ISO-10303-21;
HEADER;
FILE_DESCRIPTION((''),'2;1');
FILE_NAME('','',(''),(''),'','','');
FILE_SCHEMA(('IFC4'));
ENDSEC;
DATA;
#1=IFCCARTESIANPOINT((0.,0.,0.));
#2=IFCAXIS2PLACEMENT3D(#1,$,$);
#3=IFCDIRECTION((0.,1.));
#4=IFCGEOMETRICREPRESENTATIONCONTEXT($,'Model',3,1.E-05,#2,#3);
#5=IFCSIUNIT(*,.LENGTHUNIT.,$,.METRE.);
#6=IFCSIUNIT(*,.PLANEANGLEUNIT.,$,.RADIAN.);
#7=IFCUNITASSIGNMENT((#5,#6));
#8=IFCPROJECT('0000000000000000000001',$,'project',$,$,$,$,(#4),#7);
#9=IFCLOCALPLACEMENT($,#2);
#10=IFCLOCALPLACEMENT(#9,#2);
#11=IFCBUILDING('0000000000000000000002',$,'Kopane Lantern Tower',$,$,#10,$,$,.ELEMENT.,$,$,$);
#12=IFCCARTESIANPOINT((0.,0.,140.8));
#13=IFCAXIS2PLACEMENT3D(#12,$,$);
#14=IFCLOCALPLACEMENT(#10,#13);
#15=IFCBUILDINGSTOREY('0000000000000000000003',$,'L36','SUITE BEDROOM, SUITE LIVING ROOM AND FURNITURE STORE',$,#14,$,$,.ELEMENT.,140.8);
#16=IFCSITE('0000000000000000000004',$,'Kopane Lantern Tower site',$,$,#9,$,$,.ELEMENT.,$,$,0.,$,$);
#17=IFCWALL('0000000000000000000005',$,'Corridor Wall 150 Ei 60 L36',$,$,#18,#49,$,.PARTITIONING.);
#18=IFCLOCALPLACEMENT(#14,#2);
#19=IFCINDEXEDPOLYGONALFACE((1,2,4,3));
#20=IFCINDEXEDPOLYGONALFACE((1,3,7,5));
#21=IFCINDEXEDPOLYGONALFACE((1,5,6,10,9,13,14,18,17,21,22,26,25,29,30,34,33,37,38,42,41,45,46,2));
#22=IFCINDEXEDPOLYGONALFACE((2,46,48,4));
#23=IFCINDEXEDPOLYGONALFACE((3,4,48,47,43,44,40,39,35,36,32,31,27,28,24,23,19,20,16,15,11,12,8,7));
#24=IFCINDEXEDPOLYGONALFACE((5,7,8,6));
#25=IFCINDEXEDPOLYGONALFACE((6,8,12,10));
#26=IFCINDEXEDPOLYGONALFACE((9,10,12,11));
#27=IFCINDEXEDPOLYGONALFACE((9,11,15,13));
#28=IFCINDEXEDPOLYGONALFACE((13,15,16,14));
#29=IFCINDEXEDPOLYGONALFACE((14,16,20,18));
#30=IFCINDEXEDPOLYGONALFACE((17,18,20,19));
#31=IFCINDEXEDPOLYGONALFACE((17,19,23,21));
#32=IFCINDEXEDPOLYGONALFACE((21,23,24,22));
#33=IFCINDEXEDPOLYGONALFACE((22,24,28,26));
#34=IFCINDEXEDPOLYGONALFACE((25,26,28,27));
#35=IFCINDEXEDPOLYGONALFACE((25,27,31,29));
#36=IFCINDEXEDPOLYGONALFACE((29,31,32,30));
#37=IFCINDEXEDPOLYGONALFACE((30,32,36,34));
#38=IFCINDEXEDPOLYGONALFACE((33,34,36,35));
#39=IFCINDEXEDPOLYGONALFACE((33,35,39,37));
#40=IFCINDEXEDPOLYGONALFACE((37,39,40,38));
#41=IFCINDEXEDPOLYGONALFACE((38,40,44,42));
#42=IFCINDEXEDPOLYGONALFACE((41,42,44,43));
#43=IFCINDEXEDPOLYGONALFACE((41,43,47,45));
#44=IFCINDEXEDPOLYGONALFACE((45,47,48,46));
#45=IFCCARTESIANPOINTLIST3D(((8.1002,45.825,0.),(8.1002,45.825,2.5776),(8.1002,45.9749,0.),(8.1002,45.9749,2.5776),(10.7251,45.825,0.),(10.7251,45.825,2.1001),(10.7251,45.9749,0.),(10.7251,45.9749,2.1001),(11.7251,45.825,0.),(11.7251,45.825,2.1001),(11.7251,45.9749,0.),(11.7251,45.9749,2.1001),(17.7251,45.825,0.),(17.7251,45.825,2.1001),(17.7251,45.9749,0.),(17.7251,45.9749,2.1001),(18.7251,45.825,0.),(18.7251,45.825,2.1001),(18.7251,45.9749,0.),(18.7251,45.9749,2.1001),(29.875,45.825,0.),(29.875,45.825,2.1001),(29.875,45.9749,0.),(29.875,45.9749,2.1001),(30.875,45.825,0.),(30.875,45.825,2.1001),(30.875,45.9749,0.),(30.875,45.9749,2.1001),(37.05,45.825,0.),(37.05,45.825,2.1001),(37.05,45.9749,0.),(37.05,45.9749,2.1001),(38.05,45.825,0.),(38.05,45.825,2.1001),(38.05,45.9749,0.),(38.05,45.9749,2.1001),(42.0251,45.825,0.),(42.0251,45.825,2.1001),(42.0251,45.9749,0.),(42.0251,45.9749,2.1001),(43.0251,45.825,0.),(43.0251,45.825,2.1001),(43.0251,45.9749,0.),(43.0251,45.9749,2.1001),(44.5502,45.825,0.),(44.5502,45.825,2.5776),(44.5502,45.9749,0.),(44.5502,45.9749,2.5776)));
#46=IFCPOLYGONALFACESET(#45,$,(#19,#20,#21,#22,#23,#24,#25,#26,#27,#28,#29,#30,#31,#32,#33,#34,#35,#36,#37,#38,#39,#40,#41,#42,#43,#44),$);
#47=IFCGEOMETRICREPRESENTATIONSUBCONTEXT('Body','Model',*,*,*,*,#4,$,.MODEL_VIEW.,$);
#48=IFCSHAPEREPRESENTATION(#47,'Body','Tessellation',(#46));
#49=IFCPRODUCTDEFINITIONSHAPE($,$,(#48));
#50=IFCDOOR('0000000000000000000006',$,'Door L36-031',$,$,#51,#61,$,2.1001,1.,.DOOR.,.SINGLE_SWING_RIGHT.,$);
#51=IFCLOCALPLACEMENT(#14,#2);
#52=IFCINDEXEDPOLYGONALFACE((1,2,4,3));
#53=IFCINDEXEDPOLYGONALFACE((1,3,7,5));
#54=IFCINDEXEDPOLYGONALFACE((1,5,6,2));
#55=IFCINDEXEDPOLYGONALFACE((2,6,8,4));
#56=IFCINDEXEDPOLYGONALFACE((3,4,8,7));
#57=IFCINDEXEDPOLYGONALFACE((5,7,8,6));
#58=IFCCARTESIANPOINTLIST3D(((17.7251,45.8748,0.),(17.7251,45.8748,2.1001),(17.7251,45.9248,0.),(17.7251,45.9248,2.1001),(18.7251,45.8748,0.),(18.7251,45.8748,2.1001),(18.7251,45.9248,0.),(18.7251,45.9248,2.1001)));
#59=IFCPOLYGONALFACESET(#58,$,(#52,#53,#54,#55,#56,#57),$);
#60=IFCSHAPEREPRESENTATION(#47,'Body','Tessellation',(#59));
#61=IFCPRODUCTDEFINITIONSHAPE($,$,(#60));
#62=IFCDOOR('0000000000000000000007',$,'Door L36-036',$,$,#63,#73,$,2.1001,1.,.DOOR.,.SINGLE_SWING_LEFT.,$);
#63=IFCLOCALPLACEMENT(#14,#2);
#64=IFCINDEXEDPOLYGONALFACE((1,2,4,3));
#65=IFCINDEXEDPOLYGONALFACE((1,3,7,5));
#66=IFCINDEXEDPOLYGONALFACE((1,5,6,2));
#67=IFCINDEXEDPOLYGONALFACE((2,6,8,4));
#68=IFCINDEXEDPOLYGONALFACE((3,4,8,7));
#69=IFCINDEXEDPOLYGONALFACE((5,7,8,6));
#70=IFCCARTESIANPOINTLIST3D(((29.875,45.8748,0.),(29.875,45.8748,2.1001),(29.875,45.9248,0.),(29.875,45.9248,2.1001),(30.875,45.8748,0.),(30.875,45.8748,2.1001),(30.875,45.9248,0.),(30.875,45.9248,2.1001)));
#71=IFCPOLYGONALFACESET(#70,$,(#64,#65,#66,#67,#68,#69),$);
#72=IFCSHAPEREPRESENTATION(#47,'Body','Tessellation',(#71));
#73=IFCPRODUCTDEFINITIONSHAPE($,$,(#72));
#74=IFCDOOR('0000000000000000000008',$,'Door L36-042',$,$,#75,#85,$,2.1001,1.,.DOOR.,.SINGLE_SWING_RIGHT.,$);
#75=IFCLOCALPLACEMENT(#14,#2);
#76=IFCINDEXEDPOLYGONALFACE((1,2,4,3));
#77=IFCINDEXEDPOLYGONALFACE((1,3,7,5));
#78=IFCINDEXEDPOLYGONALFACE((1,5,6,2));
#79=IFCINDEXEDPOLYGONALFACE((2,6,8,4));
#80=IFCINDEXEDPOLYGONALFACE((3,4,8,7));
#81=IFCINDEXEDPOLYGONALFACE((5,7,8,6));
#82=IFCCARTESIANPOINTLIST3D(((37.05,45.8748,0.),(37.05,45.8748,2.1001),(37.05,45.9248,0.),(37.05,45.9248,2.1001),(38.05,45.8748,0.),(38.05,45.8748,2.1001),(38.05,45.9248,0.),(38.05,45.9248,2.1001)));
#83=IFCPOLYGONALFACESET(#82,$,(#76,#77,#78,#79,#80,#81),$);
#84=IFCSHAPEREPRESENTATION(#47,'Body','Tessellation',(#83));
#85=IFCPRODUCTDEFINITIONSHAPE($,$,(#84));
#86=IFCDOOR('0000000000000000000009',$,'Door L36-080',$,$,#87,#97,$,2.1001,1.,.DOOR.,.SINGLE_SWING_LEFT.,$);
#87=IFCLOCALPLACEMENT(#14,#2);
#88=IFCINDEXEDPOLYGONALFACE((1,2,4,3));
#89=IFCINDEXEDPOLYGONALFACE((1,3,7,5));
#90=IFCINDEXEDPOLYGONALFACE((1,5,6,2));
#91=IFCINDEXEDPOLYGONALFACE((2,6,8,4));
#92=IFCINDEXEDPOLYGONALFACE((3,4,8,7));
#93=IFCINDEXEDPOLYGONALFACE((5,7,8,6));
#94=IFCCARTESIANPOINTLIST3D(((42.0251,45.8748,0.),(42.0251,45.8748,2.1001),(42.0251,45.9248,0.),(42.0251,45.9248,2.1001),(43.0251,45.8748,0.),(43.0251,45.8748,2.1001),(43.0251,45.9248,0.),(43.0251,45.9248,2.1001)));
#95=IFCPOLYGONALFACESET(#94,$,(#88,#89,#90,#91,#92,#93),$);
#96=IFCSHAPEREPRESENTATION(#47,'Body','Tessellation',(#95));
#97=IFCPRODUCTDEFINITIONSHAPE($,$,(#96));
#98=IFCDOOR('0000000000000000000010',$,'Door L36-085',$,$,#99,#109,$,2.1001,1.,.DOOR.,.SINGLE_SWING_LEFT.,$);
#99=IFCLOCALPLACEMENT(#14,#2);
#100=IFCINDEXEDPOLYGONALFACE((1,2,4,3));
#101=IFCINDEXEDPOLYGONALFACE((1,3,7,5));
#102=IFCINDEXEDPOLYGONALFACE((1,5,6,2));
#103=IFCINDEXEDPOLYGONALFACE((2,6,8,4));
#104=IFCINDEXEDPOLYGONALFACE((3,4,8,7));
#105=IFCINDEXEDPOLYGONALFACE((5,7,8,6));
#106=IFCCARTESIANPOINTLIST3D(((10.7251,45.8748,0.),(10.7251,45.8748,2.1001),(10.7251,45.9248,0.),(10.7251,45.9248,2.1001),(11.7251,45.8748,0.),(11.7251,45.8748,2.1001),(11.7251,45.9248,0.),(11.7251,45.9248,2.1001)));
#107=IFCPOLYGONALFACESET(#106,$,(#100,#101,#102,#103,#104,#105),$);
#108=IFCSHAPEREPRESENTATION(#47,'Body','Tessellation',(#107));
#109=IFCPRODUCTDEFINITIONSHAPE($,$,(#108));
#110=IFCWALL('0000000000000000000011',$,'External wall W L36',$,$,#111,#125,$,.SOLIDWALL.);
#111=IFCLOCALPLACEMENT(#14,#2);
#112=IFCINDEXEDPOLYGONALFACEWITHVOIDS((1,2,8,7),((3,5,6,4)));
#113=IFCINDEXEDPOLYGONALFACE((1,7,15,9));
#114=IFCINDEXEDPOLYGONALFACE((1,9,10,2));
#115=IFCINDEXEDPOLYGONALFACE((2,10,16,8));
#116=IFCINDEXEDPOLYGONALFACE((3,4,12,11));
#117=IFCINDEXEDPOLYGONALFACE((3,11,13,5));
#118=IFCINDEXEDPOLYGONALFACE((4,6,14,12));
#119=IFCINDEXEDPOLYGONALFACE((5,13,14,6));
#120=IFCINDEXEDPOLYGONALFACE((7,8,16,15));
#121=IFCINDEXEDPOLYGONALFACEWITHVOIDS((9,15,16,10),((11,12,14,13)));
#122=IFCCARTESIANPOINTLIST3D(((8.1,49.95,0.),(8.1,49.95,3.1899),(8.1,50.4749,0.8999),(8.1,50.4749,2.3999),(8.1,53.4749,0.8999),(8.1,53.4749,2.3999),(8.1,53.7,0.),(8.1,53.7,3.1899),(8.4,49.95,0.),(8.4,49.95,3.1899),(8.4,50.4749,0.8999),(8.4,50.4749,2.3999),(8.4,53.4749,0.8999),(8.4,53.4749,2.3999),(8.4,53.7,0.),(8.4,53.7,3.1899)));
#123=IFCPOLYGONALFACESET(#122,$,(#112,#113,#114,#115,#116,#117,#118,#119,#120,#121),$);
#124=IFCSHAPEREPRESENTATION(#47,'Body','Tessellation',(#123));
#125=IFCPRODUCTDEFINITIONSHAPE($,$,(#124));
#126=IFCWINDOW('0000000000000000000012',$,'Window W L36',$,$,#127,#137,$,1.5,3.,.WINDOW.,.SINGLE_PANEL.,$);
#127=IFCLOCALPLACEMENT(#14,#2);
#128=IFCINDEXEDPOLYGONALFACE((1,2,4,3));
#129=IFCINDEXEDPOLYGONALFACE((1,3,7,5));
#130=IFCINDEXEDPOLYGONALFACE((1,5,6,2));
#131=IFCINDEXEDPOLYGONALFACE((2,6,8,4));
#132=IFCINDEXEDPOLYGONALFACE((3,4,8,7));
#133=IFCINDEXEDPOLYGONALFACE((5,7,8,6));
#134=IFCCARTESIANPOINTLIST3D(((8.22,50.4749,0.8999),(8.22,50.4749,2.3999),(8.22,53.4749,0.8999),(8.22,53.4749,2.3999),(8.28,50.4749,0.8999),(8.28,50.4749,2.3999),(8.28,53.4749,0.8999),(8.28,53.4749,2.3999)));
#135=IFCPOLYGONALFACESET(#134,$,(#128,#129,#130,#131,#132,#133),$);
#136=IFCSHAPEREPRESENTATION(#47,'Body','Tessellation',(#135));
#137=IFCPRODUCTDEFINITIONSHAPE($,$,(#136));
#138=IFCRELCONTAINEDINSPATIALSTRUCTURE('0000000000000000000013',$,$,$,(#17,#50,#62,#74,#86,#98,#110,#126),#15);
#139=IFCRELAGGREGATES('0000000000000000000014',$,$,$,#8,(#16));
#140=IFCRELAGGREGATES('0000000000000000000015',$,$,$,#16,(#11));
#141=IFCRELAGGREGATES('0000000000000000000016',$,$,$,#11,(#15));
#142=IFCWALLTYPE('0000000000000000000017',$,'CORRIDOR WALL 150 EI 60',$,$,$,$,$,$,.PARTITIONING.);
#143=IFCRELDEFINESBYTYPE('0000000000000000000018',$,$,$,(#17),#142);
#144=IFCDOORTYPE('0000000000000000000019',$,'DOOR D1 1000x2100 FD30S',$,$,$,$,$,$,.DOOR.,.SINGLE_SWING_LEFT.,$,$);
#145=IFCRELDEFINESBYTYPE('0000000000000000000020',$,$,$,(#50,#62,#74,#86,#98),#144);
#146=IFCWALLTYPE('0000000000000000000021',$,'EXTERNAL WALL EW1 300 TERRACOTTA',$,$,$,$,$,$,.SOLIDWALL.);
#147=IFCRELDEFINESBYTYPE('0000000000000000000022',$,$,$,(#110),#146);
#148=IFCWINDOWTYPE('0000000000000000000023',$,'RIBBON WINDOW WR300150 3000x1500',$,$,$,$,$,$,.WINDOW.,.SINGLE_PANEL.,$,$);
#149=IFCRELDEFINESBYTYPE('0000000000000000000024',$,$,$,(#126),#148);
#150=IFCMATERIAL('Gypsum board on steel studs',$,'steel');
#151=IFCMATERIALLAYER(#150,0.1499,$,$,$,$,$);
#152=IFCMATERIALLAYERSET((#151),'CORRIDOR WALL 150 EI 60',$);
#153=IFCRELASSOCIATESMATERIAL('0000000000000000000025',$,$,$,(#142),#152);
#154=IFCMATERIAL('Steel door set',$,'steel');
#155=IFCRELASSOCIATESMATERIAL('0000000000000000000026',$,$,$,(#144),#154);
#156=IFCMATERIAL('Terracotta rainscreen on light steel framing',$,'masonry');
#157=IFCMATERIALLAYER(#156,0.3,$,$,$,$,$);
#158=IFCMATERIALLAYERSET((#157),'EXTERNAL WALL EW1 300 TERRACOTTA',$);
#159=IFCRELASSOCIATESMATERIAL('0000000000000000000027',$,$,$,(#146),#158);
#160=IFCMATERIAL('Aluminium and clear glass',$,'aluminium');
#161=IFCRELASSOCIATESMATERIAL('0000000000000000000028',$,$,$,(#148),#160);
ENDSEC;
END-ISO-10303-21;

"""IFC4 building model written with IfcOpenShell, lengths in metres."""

from ifc_helpers import new_model, si_unit, direction, frame, frame_2d, origin, place, context, subcontext, project, spatial, rectangle, extrude, material, layer, layer_set, type_object, element, fill, save


model = new_model("IFC4")

# Units and contexts
model_context = context("Model", 3, precision=1e-05, world=origin(), true_north=direction((0.0, 1.0)))
body_context = subcontext(model_context, "Body", "Model", "MODEL_VIEW")
ifc_project = project(units=[si_unit("LENGTHUNIT", "METRE"), si_unit("PLANEANGLEUNIT", "RADIAN")], contexts=[model_context])

# Site, building, storey
site_placement = place(None, origin())
site = spatial("IfcSite", under=ifc_project, at=site_placement, Name="Kopane Lantern Tower site", CompositionType="ELEMENT", RefElevation=0.0)
building_placement = place(site_placement, origin())
building = spatial("IfcBuilding", under=site, at=building_placement, Name="Kopane Lantern Tower", CompositionType="ELEMENT")
storey_placement = place(building_placement, frame((0.0, 0.0, 140.8)))
storey = spatial("IfcBuildingStorey", under=building, at=storey_placement, Name="L36", Description="SUITE BEDROOM, SUITE LIVING ROOM AND FURNITURE STORE", CompositionType="ELEMENT", Elevation=140.8)

# Wall, openings, doors
ifc_material_1 = material(Name="Gypsum board on steel studs", Category="steel")
ifc_layer_1 = layer(ifc_material_1, 0.1499)
ifc_layer_set_1 = layer_set([ifc_layer_1], Name="CORRIDOR WALL 150 EI 60")
wall_type_1 = type_object("IfcWallType", Name="CORRIDOR WALL 150 EI 60", PredefinedType="PARTITIONING", material=ifc_layer_set_1)
wall_1_placement = place(storey_placement, frame((8.1001, 45.8999, 0.0), z_axis=(0.0, 0.0, 1.0), x_axis=(1.0, 0.0, 0.0)))
wall_1 = element("IfcWall", 1, at=wall_1_placement, inside=storey, type_object=wall_type_1, Name="Corridor Wall 150 Ei 60 L36", PredefinedType="PARTITIONING", context=body_context, shape_type="SweptSolid", body=[
    extrude(rectangle(XDim=36.45, YDim=0.1499, at=frame_2d((18.2251, 0.0))), origin(), (0.0, 0.0, 1.0), 2.5776),
])
opening_1_placement = place(wall_1_placement, frame((9.625, 0.0, 0.0)))
opening_1 = element("IfcOpeningElement", 2, at=opening_1_placement, cuts=wall_1, PredefinedType="OPENING", context=body_context, shape_type="SweptSolid", body=[
    extrude(rectangle(XDim=1.0, YDim=2.1001, at=frame_2d((0.5, 1.05))), frame((0.0, 0.085, 0.0), z_axis=(0.0, -1.0, 0.0), x_axis=(1.0, 0.0, 0.0)), (0.0, 0.0, 1.0), 0.1699),
])
opening_2_placement = place(wall_1_placement, frame((21.7749, 0.0, 0.0)))
opening_2 = element("IfcOpeningElement", 3, at=opening_2_placement, cuts=wall_1, PredefinedType="OPENING", context=body_context, shape_type="SweptSolid", body=[
    extrude(rectangle(XDim=1.0, YDim=2.1001, at=frame_2d((0.5, 1.05))), frame((0.0, 0.085, 0.0), z_axis=(0.0, -1.0, 0.0), x_axis=(1.0, 0.0, 0.0)), (0.0, 0.0, 1.0), 0.1699),
])
opening_3_placement = place(wall_1_placement, frame((28.95, 0.0, 0.0)))
opening_3 = element("IfcOpeningElement", 4, at=opening_3_placement, cuts=wall_1, PredefinedType="OPENING", context=body_context, shape_type="SweptSolid", body=[
    extrude(rectangle(XDim=1.0, YDim=2.1001, at=frame_2d((0.5, 1.05))), frame((0.0, 0.085, 0.0), z_axis=(0.0, -1.0, 0.0), x_axis=(1.0, 0.0, 0.0)), (0.0, 0.0, 1.0), 0.1699),
])
opening_4_placement = place(wall_1_placement, frame((33.925, 0.0, 0.0)))
opening_4 = element("IfcOpeningElement", 5, at=opening_4_placement, cuts=wall_1, PredefinedType="OPENING", context=body_context, shape_type="SweptSolid", body=[
    extrude(rectangle(XDim=1.0, YDim=2.1001, at=frame_2d((0.5, 1.05))), frame((0.0, 0.085, 0.0), z_axis=(0.0, -1.0, 0.0), x_axis=(1.0, 0.0, 0.0)), (0.0, 0.0, 1.0), 0.1699),
])
opening_5_placement = place(wall_1_placement, frame((2.625, 0.0, 0.0)))
opening_5 = element("IfcOpeningElement", 6, at=opening_5_placement, cuts=wall_1, PredefinedType="OPENING", context=body_context, shape_type="SweptSolid", body=[
    extrude(rectangle(XDim=1.0, YDim=2.1001, at=frame_2d((0.5, 1.05))), frame((0.0, 0.085, 0.0), z_axis=(0.0, -1.0, 0.0), x_axis=(1.0, 0.0, 0.0)), (0.0, 0.0, 1.0), 0.1699),
])
ifc_material_2 = material(Name="Steel door set", Category="steel")
door_type_1 = type_object("IfcDoorType", Name="DOOR D1 1000x2100 FD30S", OperationType="SINGLE_SWING_LEFT", PredefinedType="DOOR", material=ifc_material_2)
door_1_placement = place(opening_1_placement, origin())
door_1 = element("IfcDoor", 7, at=door_1_placement, inside=storey, type_object=door_type_1, Name="Door L36-031", OperationType="SINGLE_SWING_RIGHT", OverallHeight=2.1001, OverallWidth=1.0, PredefinedType="DOOR", context=body_context, shape_type="SweptSolid", body=[
    extrude(rectangle(XDim=1.0, YDim=2.1001, at=frame_2d((0.5, 1.05))), frame((0.0, 0.0249, 0.0), z_axis=(0.0, -1.0, 0.0), x_axis=(1.0, 0.0, 0.0)), (0.0, 0.0, 1.0), 0.05),
])
fill(opening_1, door_1)
door_2_placement = place(opening_2_placement, origin())
door_2 = element("IfcDoor", 8, at=door_2_placement, inside=storey, type_object=door_type_1, Name="Door L36-036", OperationType="SINGLE_SWING_LEFT", OverallHeight=2.1001, OverallWidth=1.0, PredefinedType="DOOR", context=body_context, shape_type="SweptSolid", body=[
    extrude(rectangle(XDim=1.0, YDim=2.1001, at=frame_2d((0.5, 1.05))), frame((0.0, 0.0249, 0.0), z_axis=(0.0, -1.0, 0.0), x_axis=(1.0, 0.0, 0.0)), (0.0, 0.0, 1.0), 0.05),
])
fill(opening_2, door_2)
door_3_placement = place(opening_3_placement, origin())
door_3 = element("IfcDoor", 9, at=door_3_placement, inside=storey, type_object=door_type_1, Name="Door L36-042", OperationType="SINGLE_SWING_RIGHT", OverallHeight=2.1001, OverallWidth=1.0, PredefinedType="DOOR", context=body_context, shape_type="SweptSolid", body=[
    extrude(rectangle(XDim=1.0, YDim=2.1001, at=frame_2d((0.5, 1.05))), frame((0.0, 0.0249, 0.0), z_axis=(0.0, -1.0, 0.0), x_axis=(1.0, 0.0, 0.0)), (0.0, 0.0, 1.0), 0.05),
])
fill(opening_3, door_3)
door_4_placement = place(opening_4_placement, origin())
door_4 = element("IfcDoor", 10, at=door_4_placement, inside=storey, type_object=door_type_1, Name="Door L36-080", OperationType="SINGLE_SWING_LEFT", OverallHeight=2.1001, OverallWidth=1.0, PredefinedType="DOOR", context=body_context, shape_type="SweptSolid", body=[
    extrude(rectangle(XDim=1.0, YDim=2.1001, at=frame_2d((0.5, 1.05))), frame((0.0, 0.0249, 0.0), z_axis=(0.0, -1.0, 0.0), x_axis=(1.0, 0.0, 0.0)), (0.0, 0.0, 1.0), 0.05),
])
fill(opening_4, door_4)
door_5_placement = place(opening_5_placement, origin())
door_5 = element("IfcDoor", 11, at=door_5_placement, inside=storey, type_object=door_type_1, Name="Door L36-085", OperationType="SINGLE_SWING_LEFT", OverallHeight=2.1001, OverallWidth=1.0, PredefinedType="DOOR", context=body_context, shape_type="SweptSolid", body=[
    extrude(rectangle(XDim=1.0, YDim=2.1001, at=frame_2d((0.5, 1.05))), frame((0.0, 0.0249, 0.0), z_axis=(0.0, -1.0, 0.0), x_axis=(1.0, 0.0, 0.0)), (0.0, 0.0, 1.0), 0.05),
])
fill(opening_5, door_5)

# Wall, opening, window
ifc_material_3 = material(Name="Terracotta rainscreen on light steel framing", Category="masonry")
ifc_layer_2 = layer(ifc_material_3, 0.3)
ifc_layer_set_2 = layer_set([ifc_layer_2], Name="EXTERNAL WALL EW1 300 TERRACOTTA")
wall_type_2 = type_object("IfcWallType", Name="EXTERNAL WALL EW1 300 TERRACOTTA", PredefinedType="SOLIDWALL", material=ifc_layer_set_2)
wall_2_placement = place(storey_placement, frame((8.25, 53.7, 0.0), z_axis=(0.0, 0.0, 1.0), x_axis=(0.0, -1.0, 0.0)))
wall_2 = element("IfcWall", 12, at=wall_2_placement, inside=storey, type_object=wall_type_2, Name="External wall W L36", PredefinedType="SOLIDWALL", context=body_context, shape_type="SweptSolid", body=[
    extrude(rectangle(XDim=3.75, YDim=0.3, at=frame_2d((1.875, 0.0))), origin(), (0.0, 0.0, 1.0), 3.1899),
])
opening_6_placement = place(wall_2_placement, frame((0.2251, 0.0, 0.8999)))
opening_6 = element("IfcOpeningElement", 13, at=opening_6_placement, cuts=wall_2, PredefinedType="OPENING", context=body_context, shape_type="SweptSolid", body=[
    extrude(rectangle(XDim=3.0, YDim=1.5, at=frame_2d((1.5, 0.75))), frame((0.0, 0.1599, 0.0), z_axis=(0.0, -1.0, 0.0), x_axis=(1.0, 0.0, 0.0)), (0.0, 0.0, 1.0), 0.3201),
])
ifc_material_4 = material(Name="Aluminium and clear glass", Category="aluminium")
window_type = type_object("IfcWindowType", Name="RIBBON WINDOW WR300150 3000x1500", PartitioningType="SINGLE_PANEL", PredefinedType="WINDOW", material=ifc_material_4)
window_1_placement = place(opening_6_placement, origin())
window_1 = element("IfcWindow", 14, at=window_1_placement, inside=storey, type_object=window_type, Name="Window W L36", OverallHeight=1.5, OverallWidth=3.0, PartitioningType="SINGLE_PANEL", PredefinedType="WINDOW", context=body_context, shape_type="SweptSolid", body=[
    extrude(rectangle(XDim=3.0, YDim=1.5, at=frame_2d((1.5, 0.75))), frame((0.0, 0.03, 0.0), z_axis=(0.0, -1.0, 0.0), x_axis=(1.0, 0.0, 0.0)), (0.0, 0.0, 1.0), 0.0601),
])
fill(opening_6, window_1)

save(model, "model.ifc")
